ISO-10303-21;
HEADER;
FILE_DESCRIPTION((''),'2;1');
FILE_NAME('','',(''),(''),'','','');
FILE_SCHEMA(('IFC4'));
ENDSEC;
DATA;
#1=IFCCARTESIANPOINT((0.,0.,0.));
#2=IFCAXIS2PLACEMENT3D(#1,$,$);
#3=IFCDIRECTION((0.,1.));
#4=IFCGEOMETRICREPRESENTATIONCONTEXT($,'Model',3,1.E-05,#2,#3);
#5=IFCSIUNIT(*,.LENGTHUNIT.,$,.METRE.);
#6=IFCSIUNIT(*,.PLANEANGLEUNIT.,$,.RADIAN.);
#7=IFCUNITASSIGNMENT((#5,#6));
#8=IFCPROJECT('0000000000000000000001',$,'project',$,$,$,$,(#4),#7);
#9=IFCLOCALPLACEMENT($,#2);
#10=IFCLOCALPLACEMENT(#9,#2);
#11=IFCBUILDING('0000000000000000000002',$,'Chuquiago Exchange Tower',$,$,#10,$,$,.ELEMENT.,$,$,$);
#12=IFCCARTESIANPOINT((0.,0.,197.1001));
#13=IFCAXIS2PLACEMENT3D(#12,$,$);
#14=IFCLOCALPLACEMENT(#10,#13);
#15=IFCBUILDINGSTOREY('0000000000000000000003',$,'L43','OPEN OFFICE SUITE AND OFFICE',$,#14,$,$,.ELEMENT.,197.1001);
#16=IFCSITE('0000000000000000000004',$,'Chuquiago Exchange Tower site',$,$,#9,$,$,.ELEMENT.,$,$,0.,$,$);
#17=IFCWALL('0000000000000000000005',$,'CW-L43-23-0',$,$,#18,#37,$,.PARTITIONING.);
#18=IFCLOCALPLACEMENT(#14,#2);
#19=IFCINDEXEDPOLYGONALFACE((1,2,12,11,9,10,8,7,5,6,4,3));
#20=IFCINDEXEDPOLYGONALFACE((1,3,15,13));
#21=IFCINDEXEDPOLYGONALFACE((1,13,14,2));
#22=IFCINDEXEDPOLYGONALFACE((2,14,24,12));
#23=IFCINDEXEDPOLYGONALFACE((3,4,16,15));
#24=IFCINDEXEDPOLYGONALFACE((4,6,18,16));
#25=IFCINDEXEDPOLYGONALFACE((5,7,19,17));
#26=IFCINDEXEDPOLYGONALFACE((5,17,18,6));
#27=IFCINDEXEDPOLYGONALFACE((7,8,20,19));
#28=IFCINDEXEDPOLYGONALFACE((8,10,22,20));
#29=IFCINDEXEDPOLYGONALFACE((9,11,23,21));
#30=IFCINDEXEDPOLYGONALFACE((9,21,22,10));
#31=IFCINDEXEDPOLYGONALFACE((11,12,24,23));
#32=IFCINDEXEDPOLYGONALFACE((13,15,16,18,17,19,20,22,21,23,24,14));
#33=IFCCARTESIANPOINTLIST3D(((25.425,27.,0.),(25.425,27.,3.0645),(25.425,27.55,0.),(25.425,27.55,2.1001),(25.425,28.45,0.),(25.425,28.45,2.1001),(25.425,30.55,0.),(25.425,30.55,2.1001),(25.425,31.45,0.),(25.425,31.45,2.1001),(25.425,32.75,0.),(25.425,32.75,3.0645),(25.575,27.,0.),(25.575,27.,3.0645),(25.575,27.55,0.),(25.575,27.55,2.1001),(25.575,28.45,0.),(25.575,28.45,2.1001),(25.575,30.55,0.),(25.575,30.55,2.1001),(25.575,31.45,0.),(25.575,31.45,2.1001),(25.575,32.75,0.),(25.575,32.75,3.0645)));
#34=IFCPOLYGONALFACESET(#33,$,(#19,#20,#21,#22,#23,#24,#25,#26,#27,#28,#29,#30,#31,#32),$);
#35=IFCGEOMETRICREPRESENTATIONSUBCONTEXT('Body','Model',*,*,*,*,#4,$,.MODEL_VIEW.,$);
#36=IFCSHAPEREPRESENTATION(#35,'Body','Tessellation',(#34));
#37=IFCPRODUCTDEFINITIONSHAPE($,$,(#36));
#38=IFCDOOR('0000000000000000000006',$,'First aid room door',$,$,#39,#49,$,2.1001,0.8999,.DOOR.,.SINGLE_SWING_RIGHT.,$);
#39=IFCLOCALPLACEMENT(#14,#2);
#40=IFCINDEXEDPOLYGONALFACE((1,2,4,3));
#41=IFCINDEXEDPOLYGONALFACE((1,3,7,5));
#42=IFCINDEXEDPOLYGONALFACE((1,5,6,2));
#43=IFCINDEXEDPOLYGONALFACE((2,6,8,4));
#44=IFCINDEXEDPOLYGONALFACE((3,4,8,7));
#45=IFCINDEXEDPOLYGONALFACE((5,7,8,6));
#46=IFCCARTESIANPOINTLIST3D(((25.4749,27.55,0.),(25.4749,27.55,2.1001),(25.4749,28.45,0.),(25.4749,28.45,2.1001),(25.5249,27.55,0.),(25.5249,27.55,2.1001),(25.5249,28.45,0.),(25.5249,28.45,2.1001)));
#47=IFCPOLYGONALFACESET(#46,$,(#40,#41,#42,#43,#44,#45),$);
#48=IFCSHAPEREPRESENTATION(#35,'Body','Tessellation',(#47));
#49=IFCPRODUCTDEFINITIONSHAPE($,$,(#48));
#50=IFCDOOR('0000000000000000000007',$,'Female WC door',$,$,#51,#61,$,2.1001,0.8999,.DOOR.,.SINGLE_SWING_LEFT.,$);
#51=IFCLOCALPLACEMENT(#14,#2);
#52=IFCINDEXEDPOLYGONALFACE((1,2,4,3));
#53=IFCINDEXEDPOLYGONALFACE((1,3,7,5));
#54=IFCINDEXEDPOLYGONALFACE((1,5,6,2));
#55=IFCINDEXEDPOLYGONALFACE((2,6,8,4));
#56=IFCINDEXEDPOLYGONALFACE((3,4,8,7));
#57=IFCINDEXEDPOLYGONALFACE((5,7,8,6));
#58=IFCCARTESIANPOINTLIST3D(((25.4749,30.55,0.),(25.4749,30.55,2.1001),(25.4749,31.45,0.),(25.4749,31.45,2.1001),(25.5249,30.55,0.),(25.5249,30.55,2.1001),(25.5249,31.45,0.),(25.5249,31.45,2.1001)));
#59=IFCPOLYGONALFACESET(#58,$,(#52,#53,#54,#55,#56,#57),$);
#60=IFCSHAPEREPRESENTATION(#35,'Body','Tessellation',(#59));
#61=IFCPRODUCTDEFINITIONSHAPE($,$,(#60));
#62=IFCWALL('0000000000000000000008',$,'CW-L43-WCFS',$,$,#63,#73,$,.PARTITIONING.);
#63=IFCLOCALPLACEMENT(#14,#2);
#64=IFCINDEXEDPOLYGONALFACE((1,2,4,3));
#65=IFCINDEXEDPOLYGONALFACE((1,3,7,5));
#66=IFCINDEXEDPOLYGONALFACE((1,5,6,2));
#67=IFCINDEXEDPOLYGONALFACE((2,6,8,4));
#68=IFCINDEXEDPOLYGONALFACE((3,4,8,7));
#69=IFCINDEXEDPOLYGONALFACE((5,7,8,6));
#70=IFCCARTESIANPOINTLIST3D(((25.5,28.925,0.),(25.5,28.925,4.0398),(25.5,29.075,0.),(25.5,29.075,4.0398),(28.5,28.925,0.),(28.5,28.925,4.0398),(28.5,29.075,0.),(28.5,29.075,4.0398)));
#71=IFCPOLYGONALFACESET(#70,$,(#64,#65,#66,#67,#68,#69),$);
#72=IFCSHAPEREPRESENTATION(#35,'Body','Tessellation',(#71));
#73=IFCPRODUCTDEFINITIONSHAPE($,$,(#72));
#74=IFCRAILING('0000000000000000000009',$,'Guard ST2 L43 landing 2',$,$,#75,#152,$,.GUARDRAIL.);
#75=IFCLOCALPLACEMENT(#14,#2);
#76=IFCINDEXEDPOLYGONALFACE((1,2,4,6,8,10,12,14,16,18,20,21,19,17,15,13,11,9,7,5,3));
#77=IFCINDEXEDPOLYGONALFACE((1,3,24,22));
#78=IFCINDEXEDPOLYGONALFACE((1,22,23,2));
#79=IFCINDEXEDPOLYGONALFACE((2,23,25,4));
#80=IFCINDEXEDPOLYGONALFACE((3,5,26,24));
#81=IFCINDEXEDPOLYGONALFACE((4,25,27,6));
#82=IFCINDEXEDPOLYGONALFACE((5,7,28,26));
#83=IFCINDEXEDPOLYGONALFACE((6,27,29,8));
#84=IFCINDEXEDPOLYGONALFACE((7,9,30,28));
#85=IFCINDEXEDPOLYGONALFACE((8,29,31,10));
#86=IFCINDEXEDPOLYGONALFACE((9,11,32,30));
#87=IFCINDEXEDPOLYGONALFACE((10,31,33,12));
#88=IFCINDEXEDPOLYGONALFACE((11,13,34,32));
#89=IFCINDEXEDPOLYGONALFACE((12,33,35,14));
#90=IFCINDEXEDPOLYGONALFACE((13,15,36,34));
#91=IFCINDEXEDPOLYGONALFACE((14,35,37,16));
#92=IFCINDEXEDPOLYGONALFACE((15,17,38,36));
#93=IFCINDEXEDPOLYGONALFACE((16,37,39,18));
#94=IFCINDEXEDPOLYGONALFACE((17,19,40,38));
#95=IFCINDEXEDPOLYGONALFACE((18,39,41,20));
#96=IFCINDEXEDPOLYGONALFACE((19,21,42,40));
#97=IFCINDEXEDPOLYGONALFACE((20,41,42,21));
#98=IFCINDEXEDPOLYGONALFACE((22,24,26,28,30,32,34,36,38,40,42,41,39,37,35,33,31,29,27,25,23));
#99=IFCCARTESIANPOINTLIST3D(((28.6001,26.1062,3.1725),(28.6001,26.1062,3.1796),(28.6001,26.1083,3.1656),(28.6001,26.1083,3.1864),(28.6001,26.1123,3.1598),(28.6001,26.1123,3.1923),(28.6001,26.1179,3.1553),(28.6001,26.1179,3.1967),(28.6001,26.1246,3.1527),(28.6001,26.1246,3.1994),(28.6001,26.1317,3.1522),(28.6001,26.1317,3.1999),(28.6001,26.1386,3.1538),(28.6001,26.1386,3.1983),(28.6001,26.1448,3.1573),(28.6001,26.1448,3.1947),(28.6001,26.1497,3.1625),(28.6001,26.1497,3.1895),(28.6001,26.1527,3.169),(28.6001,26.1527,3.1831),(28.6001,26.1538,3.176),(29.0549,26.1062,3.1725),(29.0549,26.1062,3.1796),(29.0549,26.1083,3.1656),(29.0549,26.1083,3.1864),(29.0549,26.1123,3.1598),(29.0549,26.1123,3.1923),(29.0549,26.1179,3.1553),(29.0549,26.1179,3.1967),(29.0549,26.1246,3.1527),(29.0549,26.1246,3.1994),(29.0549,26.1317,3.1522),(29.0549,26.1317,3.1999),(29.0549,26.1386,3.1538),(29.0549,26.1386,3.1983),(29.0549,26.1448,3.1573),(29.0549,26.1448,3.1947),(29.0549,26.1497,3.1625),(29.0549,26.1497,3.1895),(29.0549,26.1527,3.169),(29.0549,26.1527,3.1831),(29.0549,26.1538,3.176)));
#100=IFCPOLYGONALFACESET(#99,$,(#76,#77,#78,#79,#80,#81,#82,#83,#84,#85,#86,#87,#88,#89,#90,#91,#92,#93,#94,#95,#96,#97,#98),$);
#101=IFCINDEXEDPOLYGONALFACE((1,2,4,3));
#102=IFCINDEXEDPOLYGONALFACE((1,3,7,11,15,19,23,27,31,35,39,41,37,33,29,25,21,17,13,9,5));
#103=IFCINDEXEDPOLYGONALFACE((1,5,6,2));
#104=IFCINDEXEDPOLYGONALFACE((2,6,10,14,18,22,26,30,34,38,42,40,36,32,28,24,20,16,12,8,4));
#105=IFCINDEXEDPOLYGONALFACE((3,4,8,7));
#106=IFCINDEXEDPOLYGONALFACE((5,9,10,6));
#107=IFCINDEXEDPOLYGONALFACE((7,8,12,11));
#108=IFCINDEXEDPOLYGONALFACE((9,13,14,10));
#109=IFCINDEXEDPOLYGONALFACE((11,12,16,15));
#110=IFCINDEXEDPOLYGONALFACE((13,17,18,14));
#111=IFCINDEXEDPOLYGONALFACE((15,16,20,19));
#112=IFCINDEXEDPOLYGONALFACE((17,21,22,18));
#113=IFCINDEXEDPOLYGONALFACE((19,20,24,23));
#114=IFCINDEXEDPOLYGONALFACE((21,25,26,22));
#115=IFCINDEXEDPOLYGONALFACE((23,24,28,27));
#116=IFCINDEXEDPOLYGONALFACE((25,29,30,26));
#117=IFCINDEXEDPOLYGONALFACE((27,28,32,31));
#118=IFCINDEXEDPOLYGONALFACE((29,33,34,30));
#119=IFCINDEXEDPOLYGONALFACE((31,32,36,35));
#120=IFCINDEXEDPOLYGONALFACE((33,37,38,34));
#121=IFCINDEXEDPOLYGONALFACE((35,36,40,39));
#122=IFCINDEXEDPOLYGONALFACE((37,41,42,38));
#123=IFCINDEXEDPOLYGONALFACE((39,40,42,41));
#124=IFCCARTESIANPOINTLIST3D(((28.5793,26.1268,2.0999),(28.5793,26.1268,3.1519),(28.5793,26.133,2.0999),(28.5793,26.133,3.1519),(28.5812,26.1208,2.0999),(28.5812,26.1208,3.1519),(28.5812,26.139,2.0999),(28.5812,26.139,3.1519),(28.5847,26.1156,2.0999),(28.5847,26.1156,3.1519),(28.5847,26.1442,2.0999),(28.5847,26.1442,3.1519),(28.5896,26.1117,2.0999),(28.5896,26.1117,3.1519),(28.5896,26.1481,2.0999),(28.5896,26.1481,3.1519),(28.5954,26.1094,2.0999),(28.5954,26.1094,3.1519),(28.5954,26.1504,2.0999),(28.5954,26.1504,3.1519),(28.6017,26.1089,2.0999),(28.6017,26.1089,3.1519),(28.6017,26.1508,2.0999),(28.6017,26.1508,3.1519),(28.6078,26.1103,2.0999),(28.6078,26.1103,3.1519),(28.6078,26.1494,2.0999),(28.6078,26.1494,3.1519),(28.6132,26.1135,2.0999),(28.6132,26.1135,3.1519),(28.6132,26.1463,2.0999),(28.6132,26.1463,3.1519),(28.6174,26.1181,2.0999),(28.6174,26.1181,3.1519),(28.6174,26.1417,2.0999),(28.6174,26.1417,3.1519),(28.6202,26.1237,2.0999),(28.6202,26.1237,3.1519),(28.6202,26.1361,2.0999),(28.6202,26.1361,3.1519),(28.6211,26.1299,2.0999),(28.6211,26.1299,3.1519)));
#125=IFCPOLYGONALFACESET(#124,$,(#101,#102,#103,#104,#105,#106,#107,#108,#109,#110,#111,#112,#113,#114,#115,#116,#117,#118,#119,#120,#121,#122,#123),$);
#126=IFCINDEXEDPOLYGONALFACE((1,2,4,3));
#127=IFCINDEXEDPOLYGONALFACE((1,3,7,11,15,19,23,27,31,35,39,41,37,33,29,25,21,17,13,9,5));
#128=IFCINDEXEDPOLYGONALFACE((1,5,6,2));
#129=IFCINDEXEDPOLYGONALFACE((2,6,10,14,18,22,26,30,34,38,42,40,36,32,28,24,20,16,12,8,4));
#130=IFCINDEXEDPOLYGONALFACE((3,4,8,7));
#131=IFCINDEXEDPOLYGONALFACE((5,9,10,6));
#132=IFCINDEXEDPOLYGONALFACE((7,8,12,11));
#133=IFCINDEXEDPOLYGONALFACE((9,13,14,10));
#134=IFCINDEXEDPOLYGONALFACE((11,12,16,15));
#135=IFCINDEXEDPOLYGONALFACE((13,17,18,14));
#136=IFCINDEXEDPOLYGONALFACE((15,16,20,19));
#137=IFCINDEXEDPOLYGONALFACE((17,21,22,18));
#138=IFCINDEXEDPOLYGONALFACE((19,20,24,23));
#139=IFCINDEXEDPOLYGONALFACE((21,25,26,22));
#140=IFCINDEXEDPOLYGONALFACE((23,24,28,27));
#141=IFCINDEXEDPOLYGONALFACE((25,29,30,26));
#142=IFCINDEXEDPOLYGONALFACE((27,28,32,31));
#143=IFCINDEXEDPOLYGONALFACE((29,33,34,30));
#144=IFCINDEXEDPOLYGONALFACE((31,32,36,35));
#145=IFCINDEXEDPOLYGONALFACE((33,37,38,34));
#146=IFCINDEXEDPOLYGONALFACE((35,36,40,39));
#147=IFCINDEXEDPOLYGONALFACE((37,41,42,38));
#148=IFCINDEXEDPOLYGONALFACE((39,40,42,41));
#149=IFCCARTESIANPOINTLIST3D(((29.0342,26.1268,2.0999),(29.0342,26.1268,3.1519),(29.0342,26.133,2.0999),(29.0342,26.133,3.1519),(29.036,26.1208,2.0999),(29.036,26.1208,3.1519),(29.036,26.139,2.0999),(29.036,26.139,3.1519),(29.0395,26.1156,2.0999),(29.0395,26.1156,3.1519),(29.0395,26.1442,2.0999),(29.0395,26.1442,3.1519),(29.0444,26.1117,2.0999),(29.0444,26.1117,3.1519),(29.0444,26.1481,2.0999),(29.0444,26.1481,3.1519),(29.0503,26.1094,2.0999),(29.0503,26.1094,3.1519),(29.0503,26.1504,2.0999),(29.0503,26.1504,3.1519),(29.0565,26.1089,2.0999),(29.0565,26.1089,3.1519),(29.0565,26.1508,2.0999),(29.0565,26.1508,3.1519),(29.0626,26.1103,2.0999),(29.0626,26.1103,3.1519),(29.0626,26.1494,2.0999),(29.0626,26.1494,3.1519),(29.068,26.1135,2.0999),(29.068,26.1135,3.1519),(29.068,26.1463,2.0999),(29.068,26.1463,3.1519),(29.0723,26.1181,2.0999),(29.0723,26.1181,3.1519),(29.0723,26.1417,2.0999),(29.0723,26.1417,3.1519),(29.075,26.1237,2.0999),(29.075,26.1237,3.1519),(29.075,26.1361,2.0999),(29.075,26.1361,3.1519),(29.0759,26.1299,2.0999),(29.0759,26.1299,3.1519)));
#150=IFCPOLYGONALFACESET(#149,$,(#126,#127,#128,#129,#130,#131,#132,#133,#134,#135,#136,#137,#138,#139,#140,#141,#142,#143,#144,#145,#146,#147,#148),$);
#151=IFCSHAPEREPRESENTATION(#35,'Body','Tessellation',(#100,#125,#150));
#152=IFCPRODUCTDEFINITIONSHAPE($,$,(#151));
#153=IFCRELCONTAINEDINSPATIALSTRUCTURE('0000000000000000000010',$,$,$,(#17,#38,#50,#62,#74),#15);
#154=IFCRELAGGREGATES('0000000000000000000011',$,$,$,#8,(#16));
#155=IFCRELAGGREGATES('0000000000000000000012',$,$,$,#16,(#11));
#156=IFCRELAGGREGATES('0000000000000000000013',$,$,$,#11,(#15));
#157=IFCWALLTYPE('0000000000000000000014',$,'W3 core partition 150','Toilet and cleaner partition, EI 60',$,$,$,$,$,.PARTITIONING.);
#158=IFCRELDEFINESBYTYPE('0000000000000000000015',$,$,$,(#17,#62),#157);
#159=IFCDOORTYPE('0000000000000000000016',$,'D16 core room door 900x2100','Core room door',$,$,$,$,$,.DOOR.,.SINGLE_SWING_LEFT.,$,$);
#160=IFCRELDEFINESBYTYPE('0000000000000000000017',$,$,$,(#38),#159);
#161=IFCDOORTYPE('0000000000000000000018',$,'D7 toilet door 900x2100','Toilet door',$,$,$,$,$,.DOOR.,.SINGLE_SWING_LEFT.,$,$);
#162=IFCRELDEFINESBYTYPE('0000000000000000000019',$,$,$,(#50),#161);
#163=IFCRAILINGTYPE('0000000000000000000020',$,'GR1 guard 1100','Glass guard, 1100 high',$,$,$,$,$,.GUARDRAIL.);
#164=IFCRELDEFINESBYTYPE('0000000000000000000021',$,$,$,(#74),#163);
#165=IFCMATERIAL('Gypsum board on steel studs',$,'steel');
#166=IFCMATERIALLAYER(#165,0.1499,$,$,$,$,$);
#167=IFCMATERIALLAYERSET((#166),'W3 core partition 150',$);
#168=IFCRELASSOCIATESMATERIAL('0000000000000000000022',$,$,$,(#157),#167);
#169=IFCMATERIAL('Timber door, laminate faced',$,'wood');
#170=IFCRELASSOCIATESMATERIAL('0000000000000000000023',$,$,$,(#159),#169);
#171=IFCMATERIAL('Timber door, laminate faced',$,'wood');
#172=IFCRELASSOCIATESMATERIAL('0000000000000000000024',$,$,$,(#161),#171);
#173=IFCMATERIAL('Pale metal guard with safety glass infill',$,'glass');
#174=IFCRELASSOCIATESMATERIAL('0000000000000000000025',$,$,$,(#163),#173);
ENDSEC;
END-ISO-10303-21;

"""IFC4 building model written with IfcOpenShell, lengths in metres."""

from ifc_helpers import new_model, si_unit, direction, frame, frame_2d, origin, origin_2d, place, context, subcontext, project, spatial, rectangle, circle, extrude, material, layer, layer_set, type_object, element, fill, save


model = new_model("IFC4")

# Units and contexts
model_context = context("Model", 3, precision=1e-05, world=origin(), true_north=direction((0.0, 1.0)))
body_context = subcontext(model_context, "Body", "Model", "MODEL_VIEW")
ifc_project = project(units=[si_unit("LENGTHUNIT", "METRE"), si_unit("PLANEANGLEUNIT", "RADIAN")], contexts=[model_context])

# Site, building, storey
site_placement = place(None, origin())
site = spatial("IfcSite", under=ifc_project, at=site_placement, Name="Chuquiago Exchange Tower site", CompositionType="ELEMENT", RefElevation=0.0)
building_placement = place(site_placement, origin())
building = spatial("IfcBuilding", under=site, at=building_placement, Name="Chuquiago Exchange Tower", CompositionType="ELEMENT")
storey_placement = place(building_placement, frame((0.0, 0.0, 197.1001)))
storey = spatial("IfcBuildingStorey", under=building, at=storey_placement, Name="L43", Description="OPEN OFFICE SUITE AND OFFICE", CompositionType="ELEMENT", Elevation=197.1001)

# Wall, openings, doors
ifc_material_1 = material(Name="Gypsum board on steel studs", Category="steel")
ifc_layer_1 = layer(ifc_material_1, 0.1499)
ifc_layer_set_1 = layer_set([ifc_layer_1], Name="W3 core partition 150")
wall_type_1 = type_object("IfcWallType", Name="W3 core partition 150", Description="Toilet and cleaner partition, EI 60", PredefinedType="PARTITIONING", material=ifc_layer_set_1)
ifc_material_2 = material(Name="Timber door, laminate faced", Category="wood")
door_type_1 = type_object("IfcDoorType", Name="D16 core room door 900x2100", Description="Core room door", OperationType="SINGLE_SWING_LEFT", PredefinedType="DOOR", material=ifc_material_2)
ifc_material_3 = material(Name="Timber door, laminate faced", Category="wood")
door_type_2 = type_object("IfcDoorType", Name="D7 toilet door 900x2100", Description="Toilet door", OperationType="SINGLE_SWING_LEFT", PredefinedType="DOOR", material=ifc_material_3)
wall_1_placement = place(storey_placement, frame((25.5, 27.0, 0.0), z_axis=(0.0, 0.0, 1.0), x_axis=(0.0, 1.0, 0.0)))
wall_1 = element("IfcWall", 1, at=wall_1_placement, inside=storey, type_object=wall_type_1, Name="CW-L43-23-0", PredefinedType="PARTITIONING", context=body_context, shape_type="SweptSolid", body=[
    extrude(rectangle(XDim=5.75, YDim=0.1499, at=frame_2d((2.875, 0.0))), origin(), (0.0, 0.0, 1.0), 3.0645),
])
opening_1_placement = place(wall_1_placement, frame((0.55, 0.0, 0.0)))
opening_1 = element("IfcOpeningElement", 2, at=opening_1_placement, cuts=wall_1, PredefinedType="OPENING", context=body_context, shape_type="SweptSolid", body=[
    extrude(rectangle(XDim=0.8999, YDim=2.1001, at=frame_2d((0.45, 1.05))), frame((0.0, 0.085, 0.0), z_axis=(0.0, -1.0, 0.0), x_axis=(1.0, 0.0, 0.0)), (0.0, 0.0, 1.0), 0.1699),
])
opening_2_placement = place(wall_1_placement, frame((3.55, 0.0, 0.0)))
opening_2 = element("IfcOpeningElement", 3, at=opening_2_placement, cuts=wall_1, PredefinedType="OPENING", context=body_context, shape_type="SweptSolid", body=[
    extrude(rectangle(XDim=0.8999, YDim=2.1001, at=frame_2d((0.45, 1.05))), frame((0.0, 0.085, 0.0), z_axis=(0.0, -1.0, 0.0), x_axis=(1.0, 0.0, 0.0)), (0.0, 0.0, 1.0), 0.1699),
])
door_1_placement = place(opening_1_placement, frame((0.8999, 0.0, 0.0), z_axis=(0.0, 0.0, 1.0), x_axis=(-1.0, 0.0, 0.0)))
door_1 = element("IfcDoor", 4, at=door_1_placement, inside=storey, type_object=door_type_1, Name="First aid room door", OperationType="SINGLE_SWING_RIGHT", OverallHeight=2.1001, OverallWidth=0.8999, PredefinedType="DOOR", context=body_context, shape_type="SweptSolid", body=[
    extrude(rectangle(XDim=0.8999, YDim=2.1001, at=frame_2d((0.45, 1.05))), frame((0.0, 0.0249, 0.0), z_axis=(0.0, -1.0, 0.0), x_axis=(1.0, 0.0, 0.0)), (0.0, 0.0, 1.0), 0.05),
])
fill(opening_1, door_1)
door_2_placement = place(opening_2_placement, frame((0.8999, 0.0, 0.0), z_axis=(0.0, 0.0, 1.0), x_axis=(-1.0, 0.0, 0.0)))
door_2 = element("IfcDoor", 5, at=door_2_placement, inside=storey, type_object=door_type_2, Name="Female WC door", OperationType="SINGLE_SWING_LEFT", OverallHeight=2.1001, OverallWidth=0.8999, PredefinedType="DOOR", context=body_context, shape_type="SweptSolid", body=[
    extrude(rectangle(XDim=0.8999, YDim=2.1001, at=frame_2d((0.45, 1.05))), frame((0.0, 0.0249, 0.0), z_axis=(0.0, -1.0, 0.0), x_axis=(1.0, 0.0, 0.0)), (0.0, 0.0, 1.0), 0.05),
])
fill(opening_2, door_2)

# Wall
wall_2_placement = place(storey_placement, frame((25.5, 29.0, 0.0), z_axis=(0.0, 0.0, 1.0), x_axis=(1.0, 0.0, 0.0)))
element("IfcWall", 6, at=wall_2_placement, inside=storey, type_object=wall_type_1, Name="CW-L43-WCFS", PredefinedType="PARTITIONING", context=body_context, shape_type="SweptSolid", body=[
    extrude(rectangle(XDim=3.0, YDim=0.1499, at=frame_2d((1.5, 0.0))), origin(), (0.0, 0.0, 1.0), 4.0398),
])

# Railing
ifc_material_4 = material(Name="Pale metal guard with safety glass infill", Category="glass")
railing_type_1 = type_object("IfcRailingType", Name="GR1 guard 1100", Description="Glass guard, 1100 high", PredefinedType="GUARDRAIL", material=ifc_material_4)
railing_1_placement = place(storey_placement, frame((28.6001, 26.1299, 2.0999)))
element("IfcRailing", 7, at=railing_1_placement, inside=storey, type_object=railing_type_1, Name="Guard ST2 L43 landing 2", PredefinedType="GUARDRAIL", context=body_context, shape_type="SweptSolid", body=[
    extrude(circle(Radius=0.0239, at=origin_2d()), frame((0.0, 0.0, 1.0762), z_axis=(1.0, 0.0, 0.0), x_axis=(0.0, 1.0, 0.0)), (0.0, 0.0, 1.0), 0.4548),
    extrude(circle(Radius=0.021, at=origin_2d()), origin(), (0.0, 0.0, 1.0), 1.052),
    extrude(circle(Radius=0.021, at=origin_2d()), frame((0.4548, 0.0, 0.0)), (0.0, 0.0, 1.0), 1.052),
])

save(model, "model.ifc")
